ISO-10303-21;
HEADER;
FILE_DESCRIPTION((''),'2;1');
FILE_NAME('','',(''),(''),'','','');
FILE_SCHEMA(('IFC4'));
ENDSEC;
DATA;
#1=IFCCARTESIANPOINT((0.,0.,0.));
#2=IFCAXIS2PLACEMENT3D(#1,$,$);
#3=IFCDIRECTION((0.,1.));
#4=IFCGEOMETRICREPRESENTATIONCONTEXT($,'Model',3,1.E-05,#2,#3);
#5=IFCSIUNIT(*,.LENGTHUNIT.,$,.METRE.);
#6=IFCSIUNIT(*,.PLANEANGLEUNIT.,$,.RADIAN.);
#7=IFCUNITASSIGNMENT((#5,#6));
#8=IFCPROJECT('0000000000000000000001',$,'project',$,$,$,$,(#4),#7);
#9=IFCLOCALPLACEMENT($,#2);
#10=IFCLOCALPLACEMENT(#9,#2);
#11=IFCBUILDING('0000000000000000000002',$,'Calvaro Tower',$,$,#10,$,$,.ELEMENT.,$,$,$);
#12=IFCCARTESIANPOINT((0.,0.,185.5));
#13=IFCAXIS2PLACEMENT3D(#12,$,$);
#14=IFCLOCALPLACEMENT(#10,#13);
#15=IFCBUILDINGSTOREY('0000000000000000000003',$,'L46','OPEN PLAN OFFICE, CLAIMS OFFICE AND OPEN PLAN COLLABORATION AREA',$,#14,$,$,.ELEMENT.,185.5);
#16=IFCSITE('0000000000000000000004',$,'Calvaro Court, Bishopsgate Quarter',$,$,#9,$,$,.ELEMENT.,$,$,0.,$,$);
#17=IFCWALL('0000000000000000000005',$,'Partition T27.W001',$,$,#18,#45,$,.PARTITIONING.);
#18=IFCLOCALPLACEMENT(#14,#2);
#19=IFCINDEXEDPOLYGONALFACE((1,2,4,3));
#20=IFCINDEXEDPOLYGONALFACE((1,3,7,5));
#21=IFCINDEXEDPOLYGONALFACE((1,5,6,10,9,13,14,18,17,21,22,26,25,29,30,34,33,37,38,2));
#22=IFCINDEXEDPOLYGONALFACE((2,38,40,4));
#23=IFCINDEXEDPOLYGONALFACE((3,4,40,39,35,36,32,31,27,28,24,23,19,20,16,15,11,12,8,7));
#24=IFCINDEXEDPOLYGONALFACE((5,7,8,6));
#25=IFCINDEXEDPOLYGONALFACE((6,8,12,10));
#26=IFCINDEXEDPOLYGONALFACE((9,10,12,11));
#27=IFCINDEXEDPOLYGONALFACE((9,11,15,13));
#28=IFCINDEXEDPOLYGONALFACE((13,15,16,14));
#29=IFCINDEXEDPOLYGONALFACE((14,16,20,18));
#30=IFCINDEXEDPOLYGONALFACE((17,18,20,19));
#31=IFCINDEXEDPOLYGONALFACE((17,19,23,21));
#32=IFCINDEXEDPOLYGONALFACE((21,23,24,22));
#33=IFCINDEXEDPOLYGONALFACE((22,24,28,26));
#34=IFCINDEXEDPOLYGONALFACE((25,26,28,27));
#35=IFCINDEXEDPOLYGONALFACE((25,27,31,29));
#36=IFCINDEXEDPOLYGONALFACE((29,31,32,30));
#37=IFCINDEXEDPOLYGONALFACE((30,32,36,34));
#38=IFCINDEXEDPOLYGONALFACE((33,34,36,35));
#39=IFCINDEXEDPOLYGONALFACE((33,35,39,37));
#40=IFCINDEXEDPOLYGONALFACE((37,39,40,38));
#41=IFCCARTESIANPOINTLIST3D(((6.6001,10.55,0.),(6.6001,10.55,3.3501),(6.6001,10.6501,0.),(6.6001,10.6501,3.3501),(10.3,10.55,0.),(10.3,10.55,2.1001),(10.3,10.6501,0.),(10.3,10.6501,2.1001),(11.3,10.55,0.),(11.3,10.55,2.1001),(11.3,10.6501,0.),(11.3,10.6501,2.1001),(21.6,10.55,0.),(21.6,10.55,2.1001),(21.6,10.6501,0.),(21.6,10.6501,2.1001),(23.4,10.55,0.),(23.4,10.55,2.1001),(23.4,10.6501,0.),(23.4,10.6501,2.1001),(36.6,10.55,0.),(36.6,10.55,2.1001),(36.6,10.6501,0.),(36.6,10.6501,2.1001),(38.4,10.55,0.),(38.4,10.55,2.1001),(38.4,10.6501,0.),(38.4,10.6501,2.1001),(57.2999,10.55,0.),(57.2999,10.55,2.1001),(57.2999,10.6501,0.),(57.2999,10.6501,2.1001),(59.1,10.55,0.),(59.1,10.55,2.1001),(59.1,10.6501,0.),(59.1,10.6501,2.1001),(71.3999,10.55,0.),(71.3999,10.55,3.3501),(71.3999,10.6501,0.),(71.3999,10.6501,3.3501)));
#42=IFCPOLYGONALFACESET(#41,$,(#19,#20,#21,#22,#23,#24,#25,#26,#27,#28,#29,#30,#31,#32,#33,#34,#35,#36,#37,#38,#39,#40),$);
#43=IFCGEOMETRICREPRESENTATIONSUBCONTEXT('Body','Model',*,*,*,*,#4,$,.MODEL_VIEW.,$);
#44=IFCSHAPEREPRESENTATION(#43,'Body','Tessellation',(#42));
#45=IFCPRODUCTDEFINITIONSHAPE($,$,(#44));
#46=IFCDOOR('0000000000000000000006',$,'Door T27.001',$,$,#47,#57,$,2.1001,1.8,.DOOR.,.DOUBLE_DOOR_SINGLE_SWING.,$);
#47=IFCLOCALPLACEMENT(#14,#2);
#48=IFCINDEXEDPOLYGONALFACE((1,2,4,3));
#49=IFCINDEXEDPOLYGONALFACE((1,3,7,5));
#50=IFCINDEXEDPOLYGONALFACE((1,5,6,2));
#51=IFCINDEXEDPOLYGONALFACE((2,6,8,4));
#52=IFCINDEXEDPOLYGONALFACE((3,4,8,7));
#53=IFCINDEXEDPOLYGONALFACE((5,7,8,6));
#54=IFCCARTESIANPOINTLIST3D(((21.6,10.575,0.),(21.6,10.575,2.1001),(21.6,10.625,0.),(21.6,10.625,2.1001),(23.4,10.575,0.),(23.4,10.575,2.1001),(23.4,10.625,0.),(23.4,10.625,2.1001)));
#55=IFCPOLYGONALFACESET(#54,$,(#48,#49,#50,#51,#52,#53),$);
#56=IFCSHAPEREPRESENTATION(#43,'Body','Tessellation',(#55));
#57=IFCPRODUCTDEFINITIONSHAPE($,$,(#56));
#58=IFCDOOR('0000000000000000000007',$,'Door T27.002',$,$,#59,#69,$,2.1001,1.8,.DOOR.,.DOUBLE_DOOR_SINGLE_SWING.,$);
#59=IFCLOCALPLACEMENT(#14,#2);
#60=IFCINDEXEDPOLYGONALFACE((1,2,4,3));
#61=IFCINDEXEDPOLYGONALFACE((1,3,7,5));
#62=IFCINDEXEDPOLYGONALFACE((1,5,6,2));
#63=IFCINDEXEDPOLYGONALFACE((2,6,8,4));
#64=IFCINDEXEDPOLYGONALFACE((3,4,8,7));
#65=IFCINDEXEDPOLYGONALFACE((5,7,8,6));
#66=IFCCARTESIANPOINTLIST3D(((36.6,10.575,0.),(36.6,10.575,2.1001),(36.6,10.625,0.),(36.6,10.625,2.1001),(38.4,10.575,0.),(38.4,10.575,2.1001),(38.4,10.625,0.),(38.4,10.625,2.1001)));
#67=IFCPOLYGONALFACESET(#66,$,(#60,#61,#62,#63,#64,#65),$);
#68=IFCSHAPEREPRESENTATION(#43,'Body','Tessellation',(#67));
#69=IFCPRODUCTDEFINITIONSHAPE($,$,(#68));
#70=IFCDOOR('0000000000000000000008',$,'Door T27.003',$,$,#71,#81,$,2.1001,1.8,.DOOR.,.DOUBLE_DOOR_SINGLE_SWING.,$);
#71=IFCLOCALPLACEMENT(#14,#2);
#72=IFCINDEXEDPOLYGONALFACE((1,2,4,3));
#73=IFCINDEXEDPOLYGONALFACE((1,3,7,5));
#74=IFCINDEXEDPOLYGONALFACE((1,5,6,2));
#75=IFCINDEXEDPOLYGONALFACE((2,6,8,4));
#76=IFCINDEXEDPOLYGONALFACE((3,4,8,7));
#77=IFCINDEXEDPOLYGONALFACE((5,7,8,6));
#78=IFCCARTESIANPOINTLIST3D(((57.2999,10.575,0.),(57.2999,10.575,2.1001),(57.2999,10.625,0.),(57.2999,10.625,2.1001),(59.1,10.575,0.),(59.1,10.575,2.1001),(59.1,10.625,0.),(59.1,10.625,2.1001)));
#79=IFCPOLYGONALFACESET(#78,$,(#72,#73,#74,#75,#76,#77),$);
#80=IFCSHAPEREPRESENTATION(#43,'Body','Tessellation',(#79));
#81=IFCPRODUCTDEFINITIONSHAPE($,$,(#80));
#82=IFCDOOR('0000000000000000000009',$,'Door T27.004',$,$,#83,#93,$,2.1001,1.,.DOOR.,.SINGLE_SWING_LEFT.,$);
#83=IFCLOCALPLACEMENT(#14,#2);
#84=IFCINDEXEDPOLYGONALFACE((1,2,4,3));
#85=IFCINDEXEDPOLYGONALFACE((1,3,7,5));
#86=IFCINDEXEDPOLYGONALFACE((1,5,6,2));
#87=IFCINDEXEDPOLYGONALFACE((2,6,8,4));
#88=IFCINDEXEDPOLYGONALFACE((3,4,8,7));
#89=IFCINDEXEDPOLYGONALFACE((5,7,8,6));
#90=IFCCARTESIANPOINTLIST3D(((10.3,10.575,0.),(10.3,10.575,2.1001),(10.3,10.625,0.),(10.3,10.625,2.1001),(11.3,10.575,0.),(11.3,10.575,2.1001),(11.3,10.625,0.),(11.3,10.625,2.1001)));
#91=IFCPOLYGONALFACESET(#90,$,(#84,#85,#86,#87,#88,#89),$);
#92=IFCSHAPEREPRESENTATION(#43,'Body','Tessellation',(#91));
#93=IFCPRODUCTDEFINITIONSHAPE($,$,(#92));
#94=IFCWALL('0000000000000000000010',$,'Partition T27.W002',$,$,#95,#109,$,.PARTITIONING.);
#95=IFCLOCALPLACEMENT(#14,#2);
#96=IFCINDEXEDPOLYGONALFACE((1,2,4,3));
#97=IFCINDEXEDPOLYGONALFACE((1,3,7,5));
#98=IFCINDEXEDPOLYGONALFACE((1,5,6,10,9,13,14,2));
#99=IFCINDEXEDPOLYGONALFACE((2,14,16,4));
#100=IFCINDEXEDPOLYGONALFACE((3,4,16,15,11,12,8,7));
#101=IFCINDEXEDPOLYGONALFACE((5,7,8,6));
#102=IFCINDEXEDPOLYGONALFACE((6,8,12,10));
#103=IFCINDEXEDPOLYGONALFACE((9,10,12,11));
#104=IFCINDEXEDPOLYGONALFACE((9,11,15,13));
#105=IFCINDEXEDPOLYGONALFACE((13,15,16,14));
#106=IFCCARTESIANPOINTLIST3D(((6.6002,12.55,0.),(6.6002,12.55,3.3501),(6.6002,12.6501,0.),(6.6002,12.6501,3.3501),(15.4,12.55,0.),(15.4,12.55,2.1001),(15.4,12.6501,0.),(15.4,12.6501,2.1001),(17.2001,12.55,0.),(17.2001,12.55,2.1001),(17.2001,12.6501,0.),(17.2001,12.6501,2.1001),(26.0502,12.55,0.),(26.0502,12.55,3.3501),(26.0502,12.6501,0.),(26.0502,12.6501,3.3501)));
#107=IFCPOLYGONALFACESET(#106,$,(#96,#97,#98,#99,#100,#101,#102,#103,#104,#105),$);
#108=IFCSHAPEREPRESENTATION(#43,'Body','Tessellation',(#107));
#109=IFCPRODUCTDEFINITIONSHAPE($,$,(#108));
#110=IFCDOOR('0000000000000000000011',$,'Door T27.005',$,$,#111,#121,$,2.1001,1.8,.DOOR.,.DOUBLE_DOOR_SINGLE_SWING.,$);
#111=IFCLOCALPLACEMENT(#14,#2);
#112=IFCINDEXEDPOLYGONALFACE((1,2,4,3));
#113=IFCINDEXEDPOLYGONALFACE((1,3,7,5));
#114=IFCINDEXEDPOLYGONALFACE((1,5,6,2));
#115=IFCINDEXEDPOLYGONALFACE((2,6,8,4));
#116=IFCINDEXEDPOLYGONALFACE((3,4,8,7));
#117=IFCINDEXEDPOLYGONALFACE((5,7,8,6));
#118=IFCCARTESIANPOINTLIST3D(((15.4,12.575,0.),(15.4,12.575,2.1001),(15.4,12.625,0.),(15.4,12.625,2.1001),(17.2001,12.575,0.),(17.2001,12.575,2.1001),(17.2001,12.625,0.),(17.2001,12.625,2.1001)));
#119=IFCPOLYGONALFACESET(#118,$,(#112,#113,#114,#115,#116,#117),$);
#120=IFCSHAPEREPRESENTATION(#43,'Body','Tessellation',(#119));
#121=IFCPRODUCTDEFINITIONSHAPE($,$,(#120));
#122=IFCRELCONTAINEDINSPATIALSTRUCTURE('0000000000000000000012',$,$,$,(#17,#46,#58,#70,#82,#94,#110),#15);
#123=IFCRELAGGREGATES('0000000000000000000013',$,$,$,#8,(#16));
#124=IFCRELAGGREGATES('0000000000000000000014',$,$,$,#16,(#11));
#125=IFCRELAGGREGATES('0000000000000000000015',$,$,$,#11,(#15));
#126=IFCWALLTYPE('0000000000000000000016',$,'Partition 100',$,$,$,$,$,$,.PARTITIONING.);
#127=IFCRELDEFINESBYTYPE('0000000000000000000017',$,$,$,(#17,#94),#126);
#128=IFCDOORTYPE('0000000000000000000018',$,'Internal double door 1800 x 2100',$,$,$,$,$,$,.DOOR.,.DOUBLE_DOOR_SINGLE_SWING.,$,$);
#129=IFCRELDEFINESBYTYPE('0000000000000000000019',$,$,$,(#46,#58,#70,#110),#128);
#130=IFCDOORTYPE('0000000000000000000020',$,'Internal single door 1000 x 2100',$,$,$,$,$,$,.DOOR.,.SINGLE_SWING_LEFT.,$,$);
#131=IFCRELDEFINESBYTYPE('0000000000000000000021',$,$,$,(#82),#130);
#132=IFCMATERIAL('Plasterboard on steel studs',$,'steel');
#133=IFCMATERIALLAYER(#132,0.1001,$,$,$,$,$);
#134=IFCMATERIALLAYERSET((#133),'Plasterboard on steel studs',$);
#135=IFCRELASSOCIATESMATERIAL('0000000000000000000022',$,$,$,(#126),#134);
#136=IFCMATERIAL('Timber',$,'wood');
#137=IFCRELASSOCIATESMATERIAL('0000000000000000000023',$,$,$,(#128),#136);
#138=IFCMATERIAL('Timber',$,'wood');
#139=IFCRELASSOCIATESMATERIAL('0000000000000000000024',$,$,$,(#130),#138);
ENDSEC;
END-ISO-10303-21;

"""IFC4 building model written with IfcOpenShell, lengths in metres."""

from ifc_helpers import new_model, si_unit, direction, frame, frame_2d, origin, place, context, subcontext, project, spatial, rectangle, extrude, material, layer, layer_set, type_object, element, fill, save


model = new_model("IFC4")

# Units and contexts
model_context = context("Model", 3, precision=1e-05, world=origin(), true_north=direction((0.0, 1.0)))
body_context = subcontext(model_context, "Body", "Model", "MODEL_VIEW")
ifc_project = project(units=[si_unit("LENGTHUNIT", "METRE"), si_unit("PLANEANGLEUNIT", "RADIAN")], contexts=[model_context])

# Site, building, storey
site_placement = place(None, origin())
site = spatial("IfcSite", under=ifc_project, at=site_placement, Name="Calvaro Court, Bishopsgate Quarter", CompositionType="ELEMENT", RefElevation=0.0)
building_placement = place(site_placement, origin())
building = spatial("IfcBuilding", under=site, at=building_placement, Name="Calvaro Tower", CompositionType="ELEMENT")
storey_placement = place(building_placement, frame((0.0, 0.0, 185.5)))
storey = spatial("IfcBuildingStorey", under=building, at=storey_placement, Name="L46", Description="OPEN PLAN OFFICE, CLAIMS OFFICE AND OPEN PLAN COLLABORATION AREA", CompositionType="ELEMENT", Elevation=185.5)

# Wall, openings, doors
ifc_material_1 = material(Name="Plasterboard on steel studs", Category="steel")
ifc_layer_1 = layer(ifc_material_1, 0.1001)
ifc_layer_set_1 = layer_set([ifc_layer_1], Name="Plasterboard on steel studs")
wall_type_1 = type_object("IfcWallType", Name="Partition 100", PredefinedType="PARTITIONING", material=ifc_layer_set_1)
wall_1_placement = place(storey_placement, frame((6.6001, 10.6001, 0.0), z_axis=(0.0, 0.0, 1.0), x_axis=(1.0, 0.0, 0.0)))
wall_1 = element("IfcWall", 1, at=wall_1_placement, inside=storey, type_object=wall_type_1, Name="Partition T27.W001", PredefinedType="PARTITIONING", context=body_context, shape_type="SweptSolid", body=[
    extrude(rectangle(XDim=64.7998, YDim=0.1001, at=frame_2d((32.3999, 0.0))), origin(), (0.0, 0.0, 1.0), 3.3501),
])
opening_1_placement = place(wall_1_placement, frame((15.0, 0.0, 0.0)))
opening_1 = element("IfcOpeningElement", 2, at=opening_1_placement, cuts=wall_1, PredefinedType="OPENING", context=body_context, shape_type="SweptSolid", body=[
    extrude(rectangle(XDim=1.8, YDim=2.1001, at=frame_2d((0.8999, 1.05))), frame((0.0, 0.0601, 0.0), z_axis=(0.0, -1.0, 0.0), x_axis=(1.0, 0.0, 0.0)), (0.0, 0.0, 1.0), 0.1201),
])
opening_2_placement = place(wall_1_placement, frame((30.0, 0.0, 0.0)))
opening_2 = element("IfcOpeningElement", 3, at=opening_2_placement, cuts=wall_1, PredefinedType="OPENING", context=body_context, shape_type="SweptSolid", body=[
    extrude(rectangle(XDim=1.8, YDim=2.1001, at=frame_2d((0.8999, 1.05))), frame((0.0, 0.0601, 0.0), z_axis=(0.0, -1.0, 0.0), x_axis=(1.0, 0.0, 0.0)), (0.0, 0.0, 1.0), 0.1201),
])
opening_3_placement = place(wall_1_placement, frame((50.7, 0.0, 0.0)))
opening_3 = element("IfcOpeningElement", 4, at=opening_3_placement, cuts=wall_1, PredefinedType="OPENING", context=body_context, shape_type="SweptSolid", body=[
    extrude(rectangle(XDim=1.8, YDim=2.1001, at=frame_2d((0.8999, 1.05))), frame((0.0, 0.0601, 0.0), z_axis=(0.0, -1.0, 0.0), x_axis=(1.0, 0.0, 0.0)), (0.0, 0.0, 1.0), 0.1201),
])
opening_4_placement = place(wall_1_placement, frame((3.7, 0.0, 0.0)))
opening_4 = element("IfcOpeningElement", 5, at=opening_4_placement, cuts=wall_1, PredefinedType="OPENING", context=body_context, shape_type="SweptSolid", body=[
    extrude(rectangle(XDim=1.0, YDim=2.1001, at=frame_2d((0.5, 1.05))), frame((0.0, 0.0601, 0.0), z_axis=(0.0, -1.0, 0.0), x_axis=(1.0, 0.0, 0.0)), (0.0, 0.0, 1.0), 0.1201),
])
ifc_material_2 = material(Name="Timber", Category="wood")
door_type_1 = type_object("IfcDoorType", Name="Internal double door 1800 x 2100", OperationType="DOUBLE_DOOR_SINGLE_SWING", PredefinedType="DOOR", material=ifc_material_2)
door_1_placement = place(opening_1_placement, origin())
door_1 = element("IfcDoor", 6, at=door_1_placement, inside=storey, type_object=door_type_1, Name="Door T27.001", OperationType="DOUBLE_DOOR_SINGLE_SWING", OverallHeight=2.1001, OverallWidth=1.8, PredefinedType="DOOR", context=body_context, shape_type="SweptSolid", body=[
    extrude(rectangle(XDim=1.8, YDim=2.1001, at=frame_2d((0.8999, 1.05))), frame((0.0, 0.0249, 0.0), z_axis=(0.0, -1.0, 0.0), x_axis=(1.0, 0.0, 0.0)), (0.0, 0.0, 1.0), 0.05),
])
fill(opening_1, door_1)
door_2_placement = place(opening_2_placement, origin())
door_2 = element("IfcDoor", 7, at=door_2_placement, inside=storey, type_object=door_type_1, Name="Door T27.002", OperationType="DOUBLE_DOOR_SINGLE_SWING", OverallHeight=2.1001, OverallWidth=1.8, PredefinedType="DOOR", context=body_context, shape_type="SweptSolid", body=[
    extrude(rectangle(XDim=1.8, YDim=2.1001, at=frame_2d((0.8999, 1.05))), frame((0.0, 0.0249, 0.0), z_axis=(0.0, -1.0, 0.0), x_axis=(1.0, 0.0, 0.0)), (0.0, 0.0, 1.0), 0.05),
])
fill(opening_2, door_2)
door_3_placement = place(opening_3_placement, origin())
door_3 = element("IfcDoor", 8, at=door_3_placement, inside=storey, type_object=door_type_1, Name="Door T27.003", OperationType="DOUBLE_DOOR_SINGLE_SWING", OverallHeight=2.1001, OverallWidth=1.8, PredefinedType="DOOR", context=body_context, shape_type="SweptSolid", body=[
    extrude(rectangle(XDim=1.8, YDim=2.1001, at=frame_2d((0.8999, 1.05))), frame((0.0, 0.0249, 0.0), z_axis=(0.0, -1.0, 0.0), x_axis=(1.0, 0.0, 0.0)), (0.0, 0.0, 1.0), 0.05),
])
fill(opening_3, door_3)
ifc_material_3 = material(Name="Timber", Category="wood")
door_type_2 = type_object("IfcDoorType", Name="Internal single door 1000 x 2100", OperationType="SINGLE_SWING_LEFT", PredefinedType="DOOR", material=ifc_material_3)
door_4_placement = place(opening_4_placement, origin())
door_4 = element("IfcDoor", 9, at=door_4_placement, inside=storey, type_object=door_type_2, Name="Door T27.004", OperationType="SINGLE_SWING_LEFT", OverallHeight=2.1001, OverallWidth=1.0, PredefinedType="DOOR", context=body_context, shape_type="SweptSolid", body=[
    extrude(rectangle(XDim=1.0, YDim=2.1001, at=frame_2d((0.5, 1.05))), frame((0.0, 0.0249, 0.0), z_axis=(0.0, -1.0, 0.0), x_axis=(1.0, 0.0, 0.0)), (0.0, 0.0, 1.0), 0.05),
])
fill(opening_4, door_4)

# Wall, opening, door
wall_2_placement = place(storey_placement, frame((6.6001, 12.6001, 0.0), z_axis=(0.0, 0.0, 1.0), x_axis=(1.0, 0.0, 0.0)))
wall_2 = element("IfcWall", 10, at=wall_2_placement, inside=storey, type_object=wall_type_1, Name="Partition T27.W002", PredefinedType="PARTITIONING", context=body_context, shape_type="SweptSolid", body=[
    extrude(rectangle(XDim=19.45, YDim=0.1001, at=frame_2d((9.7251, 0.0))), origin(), (0.0, 0.0, 1.0), 3.3501),
])
opening_5_placement = place(wall_2_placement, frame((8.8, 0.0, 0.0)))
opening_5 = element("IfcOpeningElement", 11, at=opening_5_placement, cuts=wall_2, PredefinedType="OPENING", context=body_context, shape_type="SweptSolid", body=[
    extrude(rectangle(XDim=1.8, YDim=2.1001, at=frame_2d((0.8999, 1.05))), frame((0.0, 0.0601, 0.0), z_axis=(0.0, -1.0, 0.0), x_axis=(1.0, 0.0, 0.0)), (0.0, 0.0, 1.0), 0.1201),
])
door_5_placement = place(opening_5_placement, origin())
door_5 = element("IfcDoor", 12, at=door_5_placement, inside=storey, type_object=door_type_1, Name="Door T27.005", OperationType="DOUBLE_DOOR_SINGLE_SWING", OverallHeight=2.1001, OverallWidth=1.8, PredefinedType="DOOR", context=body_context, shape_type="SweptSolid", body=[
    extrude(rectangle(XDim=1.8, YDim=2.1001, at=frame_2d((0.8999, 1.05))), frame((0.0, 0.0249, 0.0), z_axis=(0.0, -1.0, 0.0), x_axis=(1.0, 0.0, 0.0)), (0.0, 0.0, 1.0), 0.05),
])
fill(opening_5, door_5)

save(model, "model.ifc")
